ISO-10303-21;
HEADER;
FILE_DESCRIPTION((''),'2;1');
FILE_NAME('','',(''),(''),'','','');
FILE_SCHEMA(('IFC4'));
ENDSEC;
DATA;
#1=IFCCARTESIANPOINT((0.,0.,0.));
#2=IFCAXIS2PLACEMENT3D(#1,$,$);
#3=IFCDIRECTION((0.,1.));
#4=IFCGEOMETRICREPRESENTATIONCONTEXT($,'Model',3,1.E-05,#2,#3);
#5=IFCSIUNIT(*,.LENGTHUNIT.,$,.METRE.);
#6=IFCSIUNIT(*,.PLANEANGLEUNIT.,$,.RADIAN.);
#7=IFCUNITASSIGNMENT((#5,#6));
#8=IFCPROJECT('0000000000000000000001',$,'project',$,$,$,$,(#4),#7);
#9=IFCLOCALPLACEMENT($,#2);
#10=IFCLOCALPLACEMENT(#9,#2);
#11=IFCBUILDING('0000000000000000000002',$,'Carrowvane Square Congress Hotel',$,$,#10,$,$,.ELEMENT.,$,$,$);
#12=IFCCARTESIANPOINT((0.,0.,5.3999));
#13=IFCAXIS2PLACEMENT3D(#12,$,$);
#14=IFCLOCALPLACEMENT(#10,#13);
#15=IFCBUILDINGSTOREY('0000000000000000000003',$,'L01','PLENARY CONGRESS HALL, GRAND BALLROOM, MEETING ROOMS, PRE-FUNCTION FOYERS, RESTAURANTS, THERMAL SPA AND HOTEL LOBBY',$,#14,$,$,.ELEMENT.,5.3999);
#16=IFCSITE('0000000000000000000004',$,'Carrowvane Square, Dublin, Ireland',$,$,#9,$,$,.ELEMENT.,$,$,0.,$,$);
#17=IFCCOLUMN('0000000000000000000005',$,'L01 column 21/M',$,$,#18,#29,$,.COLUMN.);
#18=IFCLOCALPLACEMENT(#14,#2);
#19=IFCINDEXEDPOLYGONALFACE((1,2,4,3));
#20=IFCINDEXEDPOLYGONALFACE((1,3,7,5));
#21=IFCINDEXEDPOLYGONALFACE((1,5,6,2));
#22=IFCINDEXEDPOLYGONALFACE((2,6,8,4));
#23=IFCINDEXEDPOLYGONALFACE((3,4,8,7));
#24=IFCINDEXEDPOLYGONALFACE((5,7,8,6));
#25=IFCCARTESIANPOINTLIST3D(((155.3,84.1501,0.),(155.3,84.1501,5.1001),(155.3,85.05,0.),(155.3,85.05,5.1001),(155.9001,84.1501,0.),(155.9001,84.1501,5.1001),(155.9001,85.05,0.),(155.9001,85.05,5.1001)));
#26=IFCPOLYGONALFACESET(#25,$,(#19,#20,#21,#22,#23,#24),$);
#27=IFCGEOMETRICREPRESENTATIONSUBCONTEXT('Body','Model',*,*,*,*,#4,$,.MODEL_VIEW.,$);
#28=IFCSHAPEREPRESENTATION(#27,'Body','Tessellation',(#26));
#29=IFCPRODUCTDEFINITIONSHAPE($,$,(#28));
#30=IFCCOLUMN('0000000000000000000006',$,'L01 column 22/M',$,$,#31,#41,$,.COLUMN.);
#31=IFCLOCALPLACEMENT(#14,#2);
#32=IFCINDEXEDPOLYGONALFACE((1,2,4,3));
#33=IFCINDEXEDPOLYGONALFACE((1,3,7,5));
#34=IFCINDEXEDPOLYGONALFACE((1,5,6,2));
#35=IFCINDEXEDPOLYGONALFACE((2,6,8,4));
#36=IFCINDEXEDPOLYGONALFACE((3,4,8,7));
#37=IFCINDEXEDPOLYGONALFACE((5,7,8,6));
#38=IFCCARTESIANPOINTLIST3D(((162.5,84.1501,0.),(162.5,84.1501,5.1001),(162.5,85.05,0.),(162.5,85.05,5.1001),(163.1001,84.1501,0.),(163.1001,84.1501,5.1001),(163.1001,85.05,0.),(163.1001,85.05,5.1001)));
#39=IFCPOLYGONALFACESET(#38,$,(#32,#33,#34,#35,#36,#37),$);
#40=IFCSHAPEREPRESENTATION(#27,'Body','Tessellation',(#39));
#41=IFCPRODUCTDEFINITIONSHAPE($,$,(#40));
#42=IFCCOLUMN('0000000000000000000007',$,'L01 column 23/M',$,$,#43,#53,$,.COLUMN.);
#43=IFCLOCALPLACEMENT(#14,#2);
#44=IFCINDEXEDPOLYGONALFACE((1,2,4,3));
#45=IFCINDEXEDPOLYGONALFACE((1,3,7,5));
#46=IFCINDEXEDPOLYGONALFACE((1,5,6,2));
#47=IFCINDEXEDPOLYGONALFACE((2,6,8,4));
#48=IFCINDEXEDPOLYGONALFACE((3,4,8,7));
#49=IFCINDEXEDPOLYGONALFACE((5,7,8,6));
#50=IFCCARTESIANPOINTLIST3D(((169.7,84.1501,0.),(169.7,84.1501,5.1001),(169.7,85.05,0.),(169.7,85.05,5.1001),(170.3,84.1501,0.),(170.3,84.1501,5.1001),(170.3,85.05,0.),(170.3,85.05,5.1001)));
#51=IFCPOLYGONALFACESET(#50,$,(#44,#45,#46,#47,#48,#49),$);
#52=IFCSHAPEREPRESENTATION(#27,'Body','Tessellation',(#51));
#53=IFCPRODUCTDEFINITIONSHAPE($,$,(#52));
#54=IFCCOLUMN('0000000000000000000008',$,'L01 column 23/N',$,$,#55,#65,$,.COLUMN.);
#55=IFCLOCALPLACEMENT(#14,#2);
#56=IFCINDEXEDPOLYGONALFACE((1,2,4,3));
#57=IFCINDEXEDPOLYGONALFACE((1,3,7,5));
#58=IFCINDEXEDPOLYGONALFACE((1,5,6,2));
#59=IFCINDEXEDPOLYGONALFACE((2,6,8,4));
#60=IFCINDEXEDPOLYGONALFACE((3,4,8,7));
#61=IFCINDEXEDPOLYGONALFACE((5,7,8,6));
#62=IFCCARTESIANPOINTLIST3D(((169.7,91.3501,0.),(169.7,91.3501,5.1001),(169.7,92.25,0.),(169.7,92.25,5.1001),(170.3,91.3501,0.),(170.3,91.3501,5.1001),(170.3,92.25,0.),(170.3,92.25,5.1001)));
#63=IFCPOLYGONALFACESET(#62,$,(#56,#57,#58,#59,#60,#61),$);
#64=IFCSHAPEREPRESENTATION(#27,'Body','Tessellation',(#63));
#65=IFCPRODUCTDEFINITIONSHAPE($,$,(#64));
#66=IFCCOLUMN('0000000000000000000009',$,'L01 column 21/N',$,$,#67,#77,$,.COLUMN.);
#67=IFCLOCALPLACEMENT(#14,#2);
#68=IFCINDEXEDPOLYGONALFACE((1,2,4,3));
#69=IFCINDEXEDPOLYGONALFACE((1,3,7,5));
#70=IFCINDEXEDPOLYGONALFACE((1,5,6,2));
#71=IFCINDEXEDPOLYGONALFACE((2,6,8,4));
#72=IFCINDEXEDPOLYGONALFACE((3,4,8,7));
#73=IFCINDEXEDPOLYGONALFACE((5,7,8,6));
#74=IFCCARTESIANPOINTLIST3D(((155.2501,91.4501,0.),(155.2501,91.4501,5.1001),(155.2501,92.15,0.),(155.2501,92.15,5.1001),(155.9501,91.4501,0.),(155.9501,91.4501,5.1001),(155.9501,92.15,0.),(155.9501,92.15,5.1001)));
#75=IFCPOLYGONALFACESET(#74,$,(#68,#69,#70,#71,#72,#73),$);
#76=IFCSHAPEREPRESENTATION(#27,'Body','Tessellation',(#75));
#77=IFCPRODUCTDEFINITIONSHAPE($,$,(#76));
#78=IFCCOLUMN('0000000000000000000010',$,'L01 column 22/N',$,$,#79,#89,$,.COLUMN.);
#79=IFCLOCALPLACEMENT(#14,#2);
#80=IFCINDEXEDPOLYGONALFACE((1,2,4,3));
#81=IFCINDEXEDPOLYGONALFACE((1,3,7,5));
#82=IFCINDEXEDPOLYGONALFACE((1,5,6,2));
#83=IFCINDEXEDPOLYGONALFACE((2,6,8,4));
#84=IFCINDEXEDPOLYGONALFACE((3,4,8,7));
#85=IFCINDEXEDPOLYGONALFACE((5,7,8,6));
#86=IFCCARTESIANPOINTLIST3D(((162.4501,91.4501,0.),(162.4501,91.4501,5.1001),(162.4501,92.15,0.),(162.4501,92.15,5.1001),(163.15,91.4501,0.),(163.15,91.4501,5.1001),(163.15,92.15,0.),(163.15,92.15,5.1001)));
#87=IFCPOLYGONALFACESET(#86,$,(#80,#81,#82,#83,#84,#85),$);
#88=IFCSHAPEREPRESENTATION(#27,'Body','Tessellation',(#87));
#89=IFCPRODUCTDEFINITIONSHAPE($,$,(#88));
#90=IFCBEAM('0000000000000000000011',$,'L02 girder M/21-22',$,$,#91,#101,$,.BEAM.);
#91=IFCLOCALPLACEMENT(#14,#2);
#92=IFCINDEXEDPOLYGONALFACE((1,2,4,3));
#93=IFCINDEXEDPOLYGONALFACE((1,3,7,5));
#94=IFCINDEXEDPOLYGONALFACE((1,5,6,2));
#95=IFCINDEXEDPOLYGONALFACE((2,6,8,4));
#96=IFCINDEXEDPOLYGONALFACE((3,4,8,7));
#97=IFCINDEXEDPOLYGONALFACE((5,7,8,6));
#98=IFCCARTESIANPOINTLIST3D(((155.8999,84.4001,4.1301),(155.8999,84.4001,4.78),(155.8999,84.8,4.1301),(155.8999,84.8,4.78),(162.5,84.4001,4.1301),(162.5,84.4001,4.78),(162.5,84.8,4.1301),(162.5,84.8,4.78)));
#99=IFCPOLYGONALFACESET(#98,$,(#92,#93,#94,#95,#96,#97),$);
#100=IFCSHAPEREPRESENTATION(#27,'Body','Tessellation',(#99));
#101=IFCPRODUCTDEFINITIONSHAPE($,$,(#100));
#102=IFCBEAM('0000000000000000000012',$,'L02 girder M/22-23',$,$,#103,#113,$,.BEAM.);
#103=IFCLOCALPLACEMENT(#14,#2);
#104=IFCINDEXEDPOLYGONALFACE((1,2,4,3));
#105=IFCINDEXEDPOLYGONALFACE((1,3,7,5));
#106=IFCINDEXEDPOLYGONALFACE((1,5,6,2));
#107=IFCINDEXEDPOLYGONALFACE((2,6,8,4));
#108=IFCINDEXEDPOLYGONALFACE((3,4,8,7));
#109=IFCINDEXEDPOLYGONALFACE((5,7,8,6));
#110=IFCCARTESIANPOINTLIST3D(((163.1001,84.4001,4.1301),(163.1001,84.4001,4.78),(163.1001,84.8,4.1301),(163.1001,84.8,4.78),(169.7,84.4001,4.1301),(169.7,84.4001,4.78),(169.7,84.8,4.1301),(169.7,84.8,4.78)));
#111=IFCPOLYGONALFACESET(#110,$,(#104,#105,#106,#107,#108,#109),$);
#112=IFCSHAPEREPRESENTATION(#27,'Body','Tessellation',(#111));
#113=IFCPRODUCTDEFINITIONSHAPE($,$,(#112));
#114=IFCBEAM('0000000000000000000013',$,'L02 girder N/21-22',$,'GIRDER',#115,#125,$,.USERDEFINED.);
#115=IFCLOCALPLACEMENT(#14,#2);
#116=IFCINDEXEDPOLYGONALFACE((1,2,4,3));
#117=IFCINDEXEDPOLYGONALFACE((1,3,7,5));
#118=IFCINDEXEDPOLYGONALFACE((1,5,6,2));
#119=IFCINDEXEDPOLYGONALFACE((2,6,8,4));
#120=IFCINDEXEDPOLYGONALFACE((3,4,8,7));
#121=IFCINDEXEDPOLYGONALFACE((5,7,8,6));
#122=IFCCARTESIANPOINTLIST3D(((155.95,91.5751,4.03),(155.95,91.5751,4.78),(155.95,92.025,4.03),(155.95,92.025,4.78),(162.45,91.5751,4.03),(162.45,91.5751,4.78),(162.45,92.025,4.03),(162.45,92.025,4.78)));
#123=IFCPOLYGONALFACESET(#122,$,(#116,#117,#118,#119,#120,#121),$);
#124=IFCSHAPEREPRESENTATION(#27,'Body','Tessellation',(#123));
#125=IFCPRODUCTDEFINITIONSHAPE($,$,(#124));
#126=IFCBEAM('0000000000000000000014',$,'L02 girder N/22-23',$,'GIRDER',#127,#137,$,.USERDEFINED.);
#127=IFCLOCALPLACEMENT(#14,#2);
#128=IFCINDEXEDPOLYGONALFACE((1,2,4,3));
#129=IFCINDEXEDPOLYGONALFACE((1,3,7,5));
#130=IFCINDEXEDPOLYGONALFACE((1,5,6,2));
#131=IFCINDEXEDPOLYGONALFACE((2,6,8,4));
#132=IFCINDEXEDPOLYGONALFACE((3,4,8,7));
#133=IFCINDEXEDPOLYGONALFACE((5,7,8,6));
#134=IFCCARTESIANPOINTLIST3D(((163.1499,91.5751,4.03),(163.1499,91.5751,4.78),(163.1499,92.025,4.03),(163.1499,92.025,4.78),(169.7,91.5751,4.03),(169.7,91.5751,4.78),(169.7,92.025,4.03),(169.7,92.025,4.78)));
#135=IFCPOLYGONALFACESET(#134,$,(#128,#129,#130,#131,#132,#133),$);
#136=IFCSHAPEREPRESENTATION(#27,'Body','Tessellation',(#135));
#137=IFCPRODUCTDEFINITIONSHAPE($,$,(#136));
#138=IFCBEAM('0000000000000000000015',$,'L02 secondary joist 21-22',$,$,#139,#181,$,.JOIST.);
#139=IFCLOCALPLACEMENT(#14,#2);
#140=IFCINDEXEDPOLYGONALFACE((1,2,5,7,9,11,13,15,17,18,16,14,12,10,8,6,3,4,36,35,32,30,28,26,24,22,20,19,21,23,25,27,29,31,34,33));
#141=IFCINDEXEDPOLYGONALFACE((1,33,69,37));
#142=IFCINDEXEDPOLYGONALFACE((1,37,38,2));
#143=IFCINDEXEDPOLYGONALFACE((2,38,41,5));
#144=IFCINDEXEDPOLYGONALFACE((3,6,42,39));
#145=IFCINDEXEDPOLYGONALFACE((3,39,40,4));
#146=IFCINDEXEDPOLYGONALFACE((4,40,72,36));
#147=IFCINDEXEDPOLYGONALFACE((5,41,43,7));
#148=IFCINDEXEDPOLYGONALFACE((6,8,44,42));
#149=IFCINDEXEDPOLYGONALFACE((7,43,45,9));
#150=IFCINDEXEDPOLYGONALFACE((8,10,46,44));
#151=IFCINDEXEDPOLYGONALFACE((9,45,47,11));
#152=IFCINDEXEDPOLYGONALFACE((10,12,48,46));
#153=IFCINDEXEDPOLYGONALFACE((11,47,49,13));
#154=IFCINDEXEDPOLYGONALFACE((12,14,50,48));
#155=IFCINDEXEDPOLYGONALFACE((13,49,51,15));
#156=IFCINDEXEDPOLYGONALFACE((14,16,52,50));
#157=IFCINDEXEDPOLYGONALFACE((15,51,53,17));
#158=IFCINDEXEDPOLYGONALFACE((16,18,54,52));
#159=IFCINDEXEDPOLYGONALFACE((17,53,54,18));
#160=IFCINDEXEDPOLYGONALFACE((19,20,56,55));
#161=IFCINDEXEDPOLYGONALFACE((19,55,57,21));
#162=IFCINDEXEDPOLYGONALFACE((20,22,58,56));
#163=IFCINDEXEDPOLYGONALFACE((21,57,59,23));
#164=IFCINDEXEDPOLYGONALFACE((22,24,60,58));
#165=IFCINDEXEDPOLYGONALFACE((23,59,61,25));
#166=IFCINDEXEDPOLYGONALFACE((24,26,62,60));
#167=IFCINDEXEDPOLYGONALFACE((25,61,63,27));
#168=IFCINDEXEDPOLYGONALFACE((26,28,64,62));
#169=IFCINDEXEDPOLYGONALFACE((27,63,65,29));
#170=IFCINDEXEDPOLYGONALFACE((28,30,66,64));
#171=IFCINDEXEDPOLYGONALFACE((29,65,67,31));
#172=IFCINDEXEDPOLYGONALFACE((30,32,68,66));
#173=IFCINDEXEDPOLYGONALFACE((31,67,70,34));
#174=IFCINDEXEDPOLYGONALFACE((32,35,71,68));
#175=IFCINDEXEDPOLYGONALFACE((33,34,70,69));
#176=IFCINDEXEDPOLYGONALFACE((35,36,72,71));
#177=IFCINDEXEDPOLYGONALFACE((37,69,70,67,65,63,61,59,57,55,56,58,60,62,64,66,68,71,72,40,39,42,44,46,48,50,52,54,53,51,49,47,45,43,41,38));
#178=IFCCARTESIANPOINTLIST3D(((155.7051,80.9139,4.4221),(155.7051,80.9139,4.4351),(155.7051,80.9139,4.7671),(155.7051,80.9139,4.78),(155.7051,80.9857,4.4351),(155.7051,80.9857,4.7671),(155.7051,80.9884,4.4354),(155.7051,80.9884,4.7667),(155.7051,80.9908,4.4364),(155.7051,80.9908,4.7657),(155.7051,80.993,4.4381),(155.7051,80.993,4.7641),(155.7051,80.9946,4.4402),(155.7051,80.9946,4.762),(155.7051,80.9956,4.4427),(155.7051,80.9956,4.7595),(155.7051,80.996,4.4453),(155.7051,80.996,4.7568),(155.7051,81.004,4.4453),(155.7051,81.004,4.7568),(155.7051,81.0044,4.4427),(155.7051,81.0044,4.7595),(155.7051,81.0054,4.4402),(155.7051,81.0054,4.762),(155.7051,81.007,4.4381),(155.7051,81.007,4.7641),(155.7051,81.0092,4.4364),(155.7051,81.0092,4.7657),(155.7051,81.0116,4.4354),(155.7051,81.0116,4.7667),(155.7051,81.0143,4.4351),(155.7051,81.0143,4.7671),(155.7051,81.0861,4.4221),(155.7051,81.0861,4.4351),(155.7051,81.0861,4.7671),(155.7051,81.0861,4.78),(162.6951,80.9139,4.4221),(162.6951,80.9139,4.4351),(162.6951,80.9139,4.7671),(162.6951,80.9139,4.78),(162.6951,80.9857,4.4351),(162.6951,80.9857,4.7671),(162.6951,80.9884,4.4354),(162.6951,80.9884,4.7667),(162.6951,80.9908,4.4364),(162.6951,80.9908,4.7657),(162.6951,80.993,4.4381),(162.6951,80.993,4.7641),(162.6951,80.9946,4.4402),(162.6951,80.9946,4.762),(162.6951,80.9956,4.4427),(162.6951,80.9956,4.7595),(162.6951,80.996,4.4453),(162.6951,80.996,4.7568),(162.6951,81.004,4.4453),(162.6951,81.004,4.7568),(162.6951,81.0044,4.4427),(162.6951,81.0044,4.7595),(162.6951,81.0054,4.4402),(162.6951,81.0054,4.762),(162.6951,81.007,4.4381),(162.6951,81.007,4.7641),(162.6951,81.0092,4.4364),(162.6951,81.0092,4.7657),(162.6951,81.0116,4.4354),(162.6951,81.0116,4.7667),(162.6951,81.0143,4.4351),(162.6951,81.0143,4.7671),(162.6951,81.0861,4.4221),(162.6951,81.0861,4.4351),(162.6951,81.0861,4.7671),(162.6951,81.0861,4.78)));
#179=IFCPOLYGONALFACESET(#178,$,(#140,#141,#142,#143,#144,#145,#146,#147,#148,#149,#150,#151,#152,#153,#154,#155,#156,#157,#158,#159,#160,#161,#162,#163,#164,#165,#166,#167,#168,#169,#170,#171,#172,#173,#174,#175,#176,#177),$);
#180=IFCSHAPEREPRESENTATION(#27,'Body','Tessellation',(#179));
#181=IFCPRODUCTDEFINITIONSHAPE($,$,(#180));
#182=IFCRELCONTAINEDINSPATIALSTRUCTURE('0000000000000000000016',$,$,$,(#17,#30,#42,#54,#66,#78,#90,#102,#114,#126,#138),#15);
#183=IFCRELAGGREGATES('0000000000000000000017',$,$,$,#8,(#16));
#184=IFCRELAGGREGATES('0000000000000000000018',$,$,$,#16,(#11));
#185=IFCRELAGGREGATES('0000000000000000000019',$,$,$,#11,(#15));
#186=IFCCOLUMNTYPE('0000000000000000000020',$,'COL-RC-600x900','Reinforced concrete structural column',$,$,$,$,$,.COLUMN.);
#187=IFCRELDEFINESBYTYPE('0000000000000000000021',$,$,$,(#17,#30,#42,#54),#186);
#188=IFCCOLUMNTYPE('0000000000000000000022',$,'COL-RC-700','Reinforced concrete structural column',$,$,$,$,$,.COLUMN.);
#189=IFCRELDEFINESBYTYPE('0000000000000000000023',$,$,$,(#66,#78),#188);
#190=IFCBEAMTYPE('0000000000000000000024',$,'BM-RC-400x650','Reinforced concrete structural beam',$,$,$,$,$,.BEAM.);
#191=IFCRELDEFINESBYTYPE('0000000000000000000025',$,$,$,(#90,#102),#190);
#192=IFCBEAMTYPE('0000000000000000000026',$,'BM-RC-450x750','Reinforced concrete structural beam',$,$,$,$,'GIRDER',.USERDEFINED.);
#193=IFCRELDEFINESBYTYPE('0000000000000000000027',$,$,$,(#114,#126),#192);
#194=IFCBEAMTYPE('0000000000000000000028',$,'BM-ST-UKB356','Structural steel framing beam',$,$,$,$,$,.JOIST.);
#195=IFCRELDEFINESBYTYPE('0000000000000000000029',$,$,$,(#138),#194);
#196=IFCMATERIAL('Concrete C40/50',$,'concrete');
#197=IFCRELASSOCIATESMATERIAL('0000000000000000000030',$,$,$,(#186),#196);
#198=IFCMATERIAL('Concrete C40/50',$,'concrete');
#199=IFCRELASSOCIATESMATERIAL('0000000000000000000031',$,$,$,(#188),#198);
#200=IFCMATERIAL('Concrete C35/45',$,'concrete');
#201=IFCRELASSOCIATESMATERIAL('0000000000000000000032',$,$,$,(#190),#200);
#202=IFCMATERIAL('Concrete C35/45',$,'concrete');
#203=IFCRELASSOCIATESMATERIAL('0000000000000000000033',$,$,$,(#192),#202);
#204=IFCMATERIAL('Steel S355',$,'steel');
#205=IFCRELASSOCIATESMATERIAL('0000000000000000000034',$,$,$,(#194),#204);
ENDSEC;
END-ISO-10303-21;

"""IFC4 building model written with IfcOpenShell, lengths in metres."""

from ifc_helpers import new_model, si_unit, direction, frame, origin, origin_2d, place, context, subcontext, project, spatial, rectangle, i_section, extrude, material, material_profile, profile_set, type_object, element, save


model = new_model("IFC4")

# Units and contexts
model_context = context("Model", 3, precision=1e-05, world=origin(), true_north=direction((0.0, 1.0)))
body_context = subcontext(model_context, "Body", "Model", "MODEL_VIEW")
ifc_project = project(units=[si_unit("LENGTHUNIT", "METRE"), si_unit("PLANEANGLEUNIT", "RADIAN")], contexts=[model_context])

# Site, building, storey
site_placement = place(None, origin())
site = spatial("IfcSite", under=ifc_project, at=site_placement, Name="Carrowvane Square, Dublin, Ireland", CompositionType="ELEMENT", RefElevation=0.0)
building_placement = place(site_placement, origin())
building = spatial("IfcBuilding", under=site, at=building_placement, Name="Carrowvane Square Congress Hotel", CompositionType="ELEMENT")
storey_placement = place(building_placement, frame((0.0, 0.0, 5.3999)))
storey = spatial("IfcBuildingStorey", under=building, at=storey_placement, Name="L01", Description="PLENARY CONGRESS HALL, GRAND BALLROOM, MEETING ROOMS, PRE-FUNCTION FOYERS, RESTAURANTS, THERMAL SPA AND HOTEL LOBBY", CompositionType="ELEMENT", Elevation=5.3999)

# Columns
ifc_material_1 = material(Name="Concrete C40/50", Category="concrete")
ifc_material_profile_1 = material_profile(ifc_material_1, rectangle(XDim=0.6001, YDim=0.8999, at=origin_2d()), Name="RC 600x900")
ifc_profile_set_1 = profile_set([ifc_material_profile_1], Name="Concrete C40/50")
column_type_1 = type_object("IfcColumnType", Name="COL-RC-600x900", Description="Reinforced concrete structural column", PredefinedType="COLUMN", material=ifc_profile_set_1)
for number, where, z_axis, x_axis, name in (
    (1, (155.6001, 84.6001, 0.0), (0.0, 0.0, 1.0), (1.0, 0.0, 0.0), "L01 column 21/M"),
    (2, (162.8, 84.6001, 0.0), (0.0, 0.0, 1.0), (1.0, 0.0, 0.0), "L01 column 22/M"),
    (3, (170.0, 84.6001, 0.0), (0.0, 0.0, 1.0), (1.0, 0.0, 0.0), "L01 column 23/M"),
    (4, (170.0, 91.8, 0.0), (0.0, 0.0, 1.0), (1.0, 0.0, 0.0), "L01 column 23/N"),
):
    element("IfcColumn", number, at=place(storey_placement, frame(where, z_axis=z_axis, x_axis=x_axis)), inside=storey, type_object=column_type_1, Name=name, PredefinedType="COLUMN", context=body_context, shape_type="SweptSolid", body=[
        extrude(rectangle(XDim=0.6001, YDim=0.8999, at=origin_2d()), origin(), (0.0, 0.0, 1.0), 5.1001),
    ])
ifc_material_2 = material(Name="Concrete C40/50", Category="concrete")
ifc_material_profile_2 = material_profile(ifc_material_2, rectangle(XDim=0.7, YDim=0.7, at=origin_2d()), Name="RC 700x700")
ifc_profile_set_2 = profile_set([ifc_material_profile_2], Name="Concrete C40/50")
column_type_2 = type_object("IfcColumnType", Name="COL-RC-700", Description="Reinforced concrete structural column", PredefinedType="COLUMN", material=ifc_profile_set_2)
for number, where, z_axis, x_axis, name in (
    (5, (155.6001, 91.8, 0.0), (0.0, 0.0, 1.0), (1.0, 0.0, 0.0), "L01 column 21/N"),
    (6, (162.8, 91.8, 0.0), (0.0, 0.0, 1.0), (1.0, 0.0, 0.0), "L01 column 22/N"),
):
    element("IfcColumn", number, at=place(storey_placement, frame(where, z_axis=z_axis, x_axis=x_axis)), inside=storey, type_object=column_type_2, Name=name, PredefinedType="COLUMN", context=body_context, shape_type="SweptSolid", body=[
        extrude(rectangle(XDim=0.7, YDim=0.7, at=origin_2d()), origin(), (0.0, 0.0, 1.0), 5.1001),
    ])

# Beams
ifc_material_3 = material(Name="Concrete C35/45", Category="concrete")
ifc_material_profile_3 = material_profile(ifc_material_3, rectangle(XDim=0.3999, YDim=0.6499, at=origin_2d()), Name="RC 400x650")
ifc_profile_set_3 = profile_set([ifc_material_profile_3], Name="Concrete C35/45")
beam_type_1 = type_object("IfcBeamType", Name="BM-RC-400x650", Description="Reinforced concrete structural beam", PredefinedType="BEAM", material=ifc_profile_set_3)
beam_1_placement = place(storey_placement, frame((155.8999, 84.6001, 4.4551), z_axis=(1.0, 0.0, 0.0), x_axis=(0.0, 1.0, 0.0)))
element("IfcBeam", 7, at=beam_1_placement, inside=storey, type_object=beam_type_1, Name="L02 girder M/21-22", PredefinedType="BEAM", context=body_context, shape_type="SweptSolid", body=[
    extrude(rectangle(XDim=0.3999, YDim=0.6499, at=origin_2d()), origin(), (0.0, 0.0, 1.0), 6.6001),
])
beam_2_placement = place(storey_placement, frame((163.1001, 84.6001, 4.4551), z_axis=(1.0, 0.0, 0.0), x_axis=(0.0, 1.0, 0.0)))
element("IfcBeam", 8, at=beam_2_placement, inside=storey, type_object=beam_type_1, Name="L02 girder M/22-23", PredefinedType="BEAM", context=body_context, shape_type="SweptSolid", body=[
    extrude(rectangle(XDim=0.3999, YDim=0.6499, at=origin_2d()), origin(), (0.0, 0.0, 1.0), 6.5999),
])
ifc_material_4 = material(Name="Concrete C35/45", Category="concrete")
ifc_material_profile_4 = material_profile(ifc_material_4, rectangle(XDim=0.45, YDim=0.75, at=origin_2d()), Name="RC 450x750")
ifc_profile_set_4 = profile_set([ifc_material_profile_4], Name="Concrete C35/45")
beam_type_2 = type_object("IfcBeamType", Name="BM-RC-450x750", Description="Reinforced concrete structural beam", ElementType="GIRDER", PredefinedType="USERDEFINED", material=ifc_profile_set_4)
beam_3_placement = place(storey_placement, frame((155.95, 91.8, 4.405), z_axis=(1.0, 0.0, 0.0), x_axis=(0.0, 1.0, 0.0)))
element("IfcBeam", 9, at=beam_3_placement, inside=storey, type_object=beam_type_2, Name="L02 girder N/21-22", ObjectType="GIRDER", PredefinedType="USERDEFINED", context=body_context, shape_type="SweptSolid", body=[
    extrude(rectangle(XDim=0.45, YDim=0.75, at=origin_2d()), origin(), (0.0, 0.0, 1.0), 6.5),
])
beam_4_placement = place(storey_placement, frame((163.1499, 91.8, 4.405), z_axis=(1.0, 0.0, 0.0), x_axis=(0.0, 1.0, 0.0)))
element("IfcBeam", 10, at=beam_4_placement, inside=storey, type_object=beam_type_2, Name="L02 girder N/22-23", ObjectType="GIRDER", PredefinedType="USERDEFINED", context=body_context, shape_type="SweptSolid", body=[
    extrude(rectangle(XDim=0.45, YDim=0.75, at=origin_2d()), origin(), (0.0, 0.0, 1.0), 6.55),
])
ifc_material_5 = material(Name="Steel S355", Category="steel")
ifc_material_profile_5 = material_profile(ifc_material_5, i_section(OverallWidth=0.1721, OverallDepth=0.3579, WebThickness=0.0081, FlangeThickness=0.0129, FilletRadius=0.0103, at=origin_2d()), Name="UKB 356x171x57")
ifc_profile_set_5 = profile_set([ifc_material_profile_5], Name="Steel S355")
beam_type_3 = type_object("IfcBeamType", Name="BM-ST-UKB356", Description="Structural steel framing beam", PredefinedType="JOIST", material=ifc_profile_set_5)
for number, where, z_axis, x_axis, name in (
    (11, (155.7051, 81.0, 4.6011), (1.0, 0.0, 0.0), (0.0, 1.0, 0.0), "L02 secondary joist 21-22"),
):
    element("IfcBeam", number, at=place(storey_placement, frame(where, z_axis=z_axis, x_axis=x_axis)), inside=storey, type_object=beam_type_3, Name=name, PredefinedType="JOIST", context=body_context, shape_type="SweptSolid", body=[
        extrude(i_section(OverallWidth=0.1721, OverallDepth=0.3579, WebThickness=0.0081, FlangeThickness=0.0129, FilletRadius=0.0103, at=origin_2d()), origin(), (0.0, 0.0, 1.0), 6.99),
    ])

save(model, "model.ifc")
